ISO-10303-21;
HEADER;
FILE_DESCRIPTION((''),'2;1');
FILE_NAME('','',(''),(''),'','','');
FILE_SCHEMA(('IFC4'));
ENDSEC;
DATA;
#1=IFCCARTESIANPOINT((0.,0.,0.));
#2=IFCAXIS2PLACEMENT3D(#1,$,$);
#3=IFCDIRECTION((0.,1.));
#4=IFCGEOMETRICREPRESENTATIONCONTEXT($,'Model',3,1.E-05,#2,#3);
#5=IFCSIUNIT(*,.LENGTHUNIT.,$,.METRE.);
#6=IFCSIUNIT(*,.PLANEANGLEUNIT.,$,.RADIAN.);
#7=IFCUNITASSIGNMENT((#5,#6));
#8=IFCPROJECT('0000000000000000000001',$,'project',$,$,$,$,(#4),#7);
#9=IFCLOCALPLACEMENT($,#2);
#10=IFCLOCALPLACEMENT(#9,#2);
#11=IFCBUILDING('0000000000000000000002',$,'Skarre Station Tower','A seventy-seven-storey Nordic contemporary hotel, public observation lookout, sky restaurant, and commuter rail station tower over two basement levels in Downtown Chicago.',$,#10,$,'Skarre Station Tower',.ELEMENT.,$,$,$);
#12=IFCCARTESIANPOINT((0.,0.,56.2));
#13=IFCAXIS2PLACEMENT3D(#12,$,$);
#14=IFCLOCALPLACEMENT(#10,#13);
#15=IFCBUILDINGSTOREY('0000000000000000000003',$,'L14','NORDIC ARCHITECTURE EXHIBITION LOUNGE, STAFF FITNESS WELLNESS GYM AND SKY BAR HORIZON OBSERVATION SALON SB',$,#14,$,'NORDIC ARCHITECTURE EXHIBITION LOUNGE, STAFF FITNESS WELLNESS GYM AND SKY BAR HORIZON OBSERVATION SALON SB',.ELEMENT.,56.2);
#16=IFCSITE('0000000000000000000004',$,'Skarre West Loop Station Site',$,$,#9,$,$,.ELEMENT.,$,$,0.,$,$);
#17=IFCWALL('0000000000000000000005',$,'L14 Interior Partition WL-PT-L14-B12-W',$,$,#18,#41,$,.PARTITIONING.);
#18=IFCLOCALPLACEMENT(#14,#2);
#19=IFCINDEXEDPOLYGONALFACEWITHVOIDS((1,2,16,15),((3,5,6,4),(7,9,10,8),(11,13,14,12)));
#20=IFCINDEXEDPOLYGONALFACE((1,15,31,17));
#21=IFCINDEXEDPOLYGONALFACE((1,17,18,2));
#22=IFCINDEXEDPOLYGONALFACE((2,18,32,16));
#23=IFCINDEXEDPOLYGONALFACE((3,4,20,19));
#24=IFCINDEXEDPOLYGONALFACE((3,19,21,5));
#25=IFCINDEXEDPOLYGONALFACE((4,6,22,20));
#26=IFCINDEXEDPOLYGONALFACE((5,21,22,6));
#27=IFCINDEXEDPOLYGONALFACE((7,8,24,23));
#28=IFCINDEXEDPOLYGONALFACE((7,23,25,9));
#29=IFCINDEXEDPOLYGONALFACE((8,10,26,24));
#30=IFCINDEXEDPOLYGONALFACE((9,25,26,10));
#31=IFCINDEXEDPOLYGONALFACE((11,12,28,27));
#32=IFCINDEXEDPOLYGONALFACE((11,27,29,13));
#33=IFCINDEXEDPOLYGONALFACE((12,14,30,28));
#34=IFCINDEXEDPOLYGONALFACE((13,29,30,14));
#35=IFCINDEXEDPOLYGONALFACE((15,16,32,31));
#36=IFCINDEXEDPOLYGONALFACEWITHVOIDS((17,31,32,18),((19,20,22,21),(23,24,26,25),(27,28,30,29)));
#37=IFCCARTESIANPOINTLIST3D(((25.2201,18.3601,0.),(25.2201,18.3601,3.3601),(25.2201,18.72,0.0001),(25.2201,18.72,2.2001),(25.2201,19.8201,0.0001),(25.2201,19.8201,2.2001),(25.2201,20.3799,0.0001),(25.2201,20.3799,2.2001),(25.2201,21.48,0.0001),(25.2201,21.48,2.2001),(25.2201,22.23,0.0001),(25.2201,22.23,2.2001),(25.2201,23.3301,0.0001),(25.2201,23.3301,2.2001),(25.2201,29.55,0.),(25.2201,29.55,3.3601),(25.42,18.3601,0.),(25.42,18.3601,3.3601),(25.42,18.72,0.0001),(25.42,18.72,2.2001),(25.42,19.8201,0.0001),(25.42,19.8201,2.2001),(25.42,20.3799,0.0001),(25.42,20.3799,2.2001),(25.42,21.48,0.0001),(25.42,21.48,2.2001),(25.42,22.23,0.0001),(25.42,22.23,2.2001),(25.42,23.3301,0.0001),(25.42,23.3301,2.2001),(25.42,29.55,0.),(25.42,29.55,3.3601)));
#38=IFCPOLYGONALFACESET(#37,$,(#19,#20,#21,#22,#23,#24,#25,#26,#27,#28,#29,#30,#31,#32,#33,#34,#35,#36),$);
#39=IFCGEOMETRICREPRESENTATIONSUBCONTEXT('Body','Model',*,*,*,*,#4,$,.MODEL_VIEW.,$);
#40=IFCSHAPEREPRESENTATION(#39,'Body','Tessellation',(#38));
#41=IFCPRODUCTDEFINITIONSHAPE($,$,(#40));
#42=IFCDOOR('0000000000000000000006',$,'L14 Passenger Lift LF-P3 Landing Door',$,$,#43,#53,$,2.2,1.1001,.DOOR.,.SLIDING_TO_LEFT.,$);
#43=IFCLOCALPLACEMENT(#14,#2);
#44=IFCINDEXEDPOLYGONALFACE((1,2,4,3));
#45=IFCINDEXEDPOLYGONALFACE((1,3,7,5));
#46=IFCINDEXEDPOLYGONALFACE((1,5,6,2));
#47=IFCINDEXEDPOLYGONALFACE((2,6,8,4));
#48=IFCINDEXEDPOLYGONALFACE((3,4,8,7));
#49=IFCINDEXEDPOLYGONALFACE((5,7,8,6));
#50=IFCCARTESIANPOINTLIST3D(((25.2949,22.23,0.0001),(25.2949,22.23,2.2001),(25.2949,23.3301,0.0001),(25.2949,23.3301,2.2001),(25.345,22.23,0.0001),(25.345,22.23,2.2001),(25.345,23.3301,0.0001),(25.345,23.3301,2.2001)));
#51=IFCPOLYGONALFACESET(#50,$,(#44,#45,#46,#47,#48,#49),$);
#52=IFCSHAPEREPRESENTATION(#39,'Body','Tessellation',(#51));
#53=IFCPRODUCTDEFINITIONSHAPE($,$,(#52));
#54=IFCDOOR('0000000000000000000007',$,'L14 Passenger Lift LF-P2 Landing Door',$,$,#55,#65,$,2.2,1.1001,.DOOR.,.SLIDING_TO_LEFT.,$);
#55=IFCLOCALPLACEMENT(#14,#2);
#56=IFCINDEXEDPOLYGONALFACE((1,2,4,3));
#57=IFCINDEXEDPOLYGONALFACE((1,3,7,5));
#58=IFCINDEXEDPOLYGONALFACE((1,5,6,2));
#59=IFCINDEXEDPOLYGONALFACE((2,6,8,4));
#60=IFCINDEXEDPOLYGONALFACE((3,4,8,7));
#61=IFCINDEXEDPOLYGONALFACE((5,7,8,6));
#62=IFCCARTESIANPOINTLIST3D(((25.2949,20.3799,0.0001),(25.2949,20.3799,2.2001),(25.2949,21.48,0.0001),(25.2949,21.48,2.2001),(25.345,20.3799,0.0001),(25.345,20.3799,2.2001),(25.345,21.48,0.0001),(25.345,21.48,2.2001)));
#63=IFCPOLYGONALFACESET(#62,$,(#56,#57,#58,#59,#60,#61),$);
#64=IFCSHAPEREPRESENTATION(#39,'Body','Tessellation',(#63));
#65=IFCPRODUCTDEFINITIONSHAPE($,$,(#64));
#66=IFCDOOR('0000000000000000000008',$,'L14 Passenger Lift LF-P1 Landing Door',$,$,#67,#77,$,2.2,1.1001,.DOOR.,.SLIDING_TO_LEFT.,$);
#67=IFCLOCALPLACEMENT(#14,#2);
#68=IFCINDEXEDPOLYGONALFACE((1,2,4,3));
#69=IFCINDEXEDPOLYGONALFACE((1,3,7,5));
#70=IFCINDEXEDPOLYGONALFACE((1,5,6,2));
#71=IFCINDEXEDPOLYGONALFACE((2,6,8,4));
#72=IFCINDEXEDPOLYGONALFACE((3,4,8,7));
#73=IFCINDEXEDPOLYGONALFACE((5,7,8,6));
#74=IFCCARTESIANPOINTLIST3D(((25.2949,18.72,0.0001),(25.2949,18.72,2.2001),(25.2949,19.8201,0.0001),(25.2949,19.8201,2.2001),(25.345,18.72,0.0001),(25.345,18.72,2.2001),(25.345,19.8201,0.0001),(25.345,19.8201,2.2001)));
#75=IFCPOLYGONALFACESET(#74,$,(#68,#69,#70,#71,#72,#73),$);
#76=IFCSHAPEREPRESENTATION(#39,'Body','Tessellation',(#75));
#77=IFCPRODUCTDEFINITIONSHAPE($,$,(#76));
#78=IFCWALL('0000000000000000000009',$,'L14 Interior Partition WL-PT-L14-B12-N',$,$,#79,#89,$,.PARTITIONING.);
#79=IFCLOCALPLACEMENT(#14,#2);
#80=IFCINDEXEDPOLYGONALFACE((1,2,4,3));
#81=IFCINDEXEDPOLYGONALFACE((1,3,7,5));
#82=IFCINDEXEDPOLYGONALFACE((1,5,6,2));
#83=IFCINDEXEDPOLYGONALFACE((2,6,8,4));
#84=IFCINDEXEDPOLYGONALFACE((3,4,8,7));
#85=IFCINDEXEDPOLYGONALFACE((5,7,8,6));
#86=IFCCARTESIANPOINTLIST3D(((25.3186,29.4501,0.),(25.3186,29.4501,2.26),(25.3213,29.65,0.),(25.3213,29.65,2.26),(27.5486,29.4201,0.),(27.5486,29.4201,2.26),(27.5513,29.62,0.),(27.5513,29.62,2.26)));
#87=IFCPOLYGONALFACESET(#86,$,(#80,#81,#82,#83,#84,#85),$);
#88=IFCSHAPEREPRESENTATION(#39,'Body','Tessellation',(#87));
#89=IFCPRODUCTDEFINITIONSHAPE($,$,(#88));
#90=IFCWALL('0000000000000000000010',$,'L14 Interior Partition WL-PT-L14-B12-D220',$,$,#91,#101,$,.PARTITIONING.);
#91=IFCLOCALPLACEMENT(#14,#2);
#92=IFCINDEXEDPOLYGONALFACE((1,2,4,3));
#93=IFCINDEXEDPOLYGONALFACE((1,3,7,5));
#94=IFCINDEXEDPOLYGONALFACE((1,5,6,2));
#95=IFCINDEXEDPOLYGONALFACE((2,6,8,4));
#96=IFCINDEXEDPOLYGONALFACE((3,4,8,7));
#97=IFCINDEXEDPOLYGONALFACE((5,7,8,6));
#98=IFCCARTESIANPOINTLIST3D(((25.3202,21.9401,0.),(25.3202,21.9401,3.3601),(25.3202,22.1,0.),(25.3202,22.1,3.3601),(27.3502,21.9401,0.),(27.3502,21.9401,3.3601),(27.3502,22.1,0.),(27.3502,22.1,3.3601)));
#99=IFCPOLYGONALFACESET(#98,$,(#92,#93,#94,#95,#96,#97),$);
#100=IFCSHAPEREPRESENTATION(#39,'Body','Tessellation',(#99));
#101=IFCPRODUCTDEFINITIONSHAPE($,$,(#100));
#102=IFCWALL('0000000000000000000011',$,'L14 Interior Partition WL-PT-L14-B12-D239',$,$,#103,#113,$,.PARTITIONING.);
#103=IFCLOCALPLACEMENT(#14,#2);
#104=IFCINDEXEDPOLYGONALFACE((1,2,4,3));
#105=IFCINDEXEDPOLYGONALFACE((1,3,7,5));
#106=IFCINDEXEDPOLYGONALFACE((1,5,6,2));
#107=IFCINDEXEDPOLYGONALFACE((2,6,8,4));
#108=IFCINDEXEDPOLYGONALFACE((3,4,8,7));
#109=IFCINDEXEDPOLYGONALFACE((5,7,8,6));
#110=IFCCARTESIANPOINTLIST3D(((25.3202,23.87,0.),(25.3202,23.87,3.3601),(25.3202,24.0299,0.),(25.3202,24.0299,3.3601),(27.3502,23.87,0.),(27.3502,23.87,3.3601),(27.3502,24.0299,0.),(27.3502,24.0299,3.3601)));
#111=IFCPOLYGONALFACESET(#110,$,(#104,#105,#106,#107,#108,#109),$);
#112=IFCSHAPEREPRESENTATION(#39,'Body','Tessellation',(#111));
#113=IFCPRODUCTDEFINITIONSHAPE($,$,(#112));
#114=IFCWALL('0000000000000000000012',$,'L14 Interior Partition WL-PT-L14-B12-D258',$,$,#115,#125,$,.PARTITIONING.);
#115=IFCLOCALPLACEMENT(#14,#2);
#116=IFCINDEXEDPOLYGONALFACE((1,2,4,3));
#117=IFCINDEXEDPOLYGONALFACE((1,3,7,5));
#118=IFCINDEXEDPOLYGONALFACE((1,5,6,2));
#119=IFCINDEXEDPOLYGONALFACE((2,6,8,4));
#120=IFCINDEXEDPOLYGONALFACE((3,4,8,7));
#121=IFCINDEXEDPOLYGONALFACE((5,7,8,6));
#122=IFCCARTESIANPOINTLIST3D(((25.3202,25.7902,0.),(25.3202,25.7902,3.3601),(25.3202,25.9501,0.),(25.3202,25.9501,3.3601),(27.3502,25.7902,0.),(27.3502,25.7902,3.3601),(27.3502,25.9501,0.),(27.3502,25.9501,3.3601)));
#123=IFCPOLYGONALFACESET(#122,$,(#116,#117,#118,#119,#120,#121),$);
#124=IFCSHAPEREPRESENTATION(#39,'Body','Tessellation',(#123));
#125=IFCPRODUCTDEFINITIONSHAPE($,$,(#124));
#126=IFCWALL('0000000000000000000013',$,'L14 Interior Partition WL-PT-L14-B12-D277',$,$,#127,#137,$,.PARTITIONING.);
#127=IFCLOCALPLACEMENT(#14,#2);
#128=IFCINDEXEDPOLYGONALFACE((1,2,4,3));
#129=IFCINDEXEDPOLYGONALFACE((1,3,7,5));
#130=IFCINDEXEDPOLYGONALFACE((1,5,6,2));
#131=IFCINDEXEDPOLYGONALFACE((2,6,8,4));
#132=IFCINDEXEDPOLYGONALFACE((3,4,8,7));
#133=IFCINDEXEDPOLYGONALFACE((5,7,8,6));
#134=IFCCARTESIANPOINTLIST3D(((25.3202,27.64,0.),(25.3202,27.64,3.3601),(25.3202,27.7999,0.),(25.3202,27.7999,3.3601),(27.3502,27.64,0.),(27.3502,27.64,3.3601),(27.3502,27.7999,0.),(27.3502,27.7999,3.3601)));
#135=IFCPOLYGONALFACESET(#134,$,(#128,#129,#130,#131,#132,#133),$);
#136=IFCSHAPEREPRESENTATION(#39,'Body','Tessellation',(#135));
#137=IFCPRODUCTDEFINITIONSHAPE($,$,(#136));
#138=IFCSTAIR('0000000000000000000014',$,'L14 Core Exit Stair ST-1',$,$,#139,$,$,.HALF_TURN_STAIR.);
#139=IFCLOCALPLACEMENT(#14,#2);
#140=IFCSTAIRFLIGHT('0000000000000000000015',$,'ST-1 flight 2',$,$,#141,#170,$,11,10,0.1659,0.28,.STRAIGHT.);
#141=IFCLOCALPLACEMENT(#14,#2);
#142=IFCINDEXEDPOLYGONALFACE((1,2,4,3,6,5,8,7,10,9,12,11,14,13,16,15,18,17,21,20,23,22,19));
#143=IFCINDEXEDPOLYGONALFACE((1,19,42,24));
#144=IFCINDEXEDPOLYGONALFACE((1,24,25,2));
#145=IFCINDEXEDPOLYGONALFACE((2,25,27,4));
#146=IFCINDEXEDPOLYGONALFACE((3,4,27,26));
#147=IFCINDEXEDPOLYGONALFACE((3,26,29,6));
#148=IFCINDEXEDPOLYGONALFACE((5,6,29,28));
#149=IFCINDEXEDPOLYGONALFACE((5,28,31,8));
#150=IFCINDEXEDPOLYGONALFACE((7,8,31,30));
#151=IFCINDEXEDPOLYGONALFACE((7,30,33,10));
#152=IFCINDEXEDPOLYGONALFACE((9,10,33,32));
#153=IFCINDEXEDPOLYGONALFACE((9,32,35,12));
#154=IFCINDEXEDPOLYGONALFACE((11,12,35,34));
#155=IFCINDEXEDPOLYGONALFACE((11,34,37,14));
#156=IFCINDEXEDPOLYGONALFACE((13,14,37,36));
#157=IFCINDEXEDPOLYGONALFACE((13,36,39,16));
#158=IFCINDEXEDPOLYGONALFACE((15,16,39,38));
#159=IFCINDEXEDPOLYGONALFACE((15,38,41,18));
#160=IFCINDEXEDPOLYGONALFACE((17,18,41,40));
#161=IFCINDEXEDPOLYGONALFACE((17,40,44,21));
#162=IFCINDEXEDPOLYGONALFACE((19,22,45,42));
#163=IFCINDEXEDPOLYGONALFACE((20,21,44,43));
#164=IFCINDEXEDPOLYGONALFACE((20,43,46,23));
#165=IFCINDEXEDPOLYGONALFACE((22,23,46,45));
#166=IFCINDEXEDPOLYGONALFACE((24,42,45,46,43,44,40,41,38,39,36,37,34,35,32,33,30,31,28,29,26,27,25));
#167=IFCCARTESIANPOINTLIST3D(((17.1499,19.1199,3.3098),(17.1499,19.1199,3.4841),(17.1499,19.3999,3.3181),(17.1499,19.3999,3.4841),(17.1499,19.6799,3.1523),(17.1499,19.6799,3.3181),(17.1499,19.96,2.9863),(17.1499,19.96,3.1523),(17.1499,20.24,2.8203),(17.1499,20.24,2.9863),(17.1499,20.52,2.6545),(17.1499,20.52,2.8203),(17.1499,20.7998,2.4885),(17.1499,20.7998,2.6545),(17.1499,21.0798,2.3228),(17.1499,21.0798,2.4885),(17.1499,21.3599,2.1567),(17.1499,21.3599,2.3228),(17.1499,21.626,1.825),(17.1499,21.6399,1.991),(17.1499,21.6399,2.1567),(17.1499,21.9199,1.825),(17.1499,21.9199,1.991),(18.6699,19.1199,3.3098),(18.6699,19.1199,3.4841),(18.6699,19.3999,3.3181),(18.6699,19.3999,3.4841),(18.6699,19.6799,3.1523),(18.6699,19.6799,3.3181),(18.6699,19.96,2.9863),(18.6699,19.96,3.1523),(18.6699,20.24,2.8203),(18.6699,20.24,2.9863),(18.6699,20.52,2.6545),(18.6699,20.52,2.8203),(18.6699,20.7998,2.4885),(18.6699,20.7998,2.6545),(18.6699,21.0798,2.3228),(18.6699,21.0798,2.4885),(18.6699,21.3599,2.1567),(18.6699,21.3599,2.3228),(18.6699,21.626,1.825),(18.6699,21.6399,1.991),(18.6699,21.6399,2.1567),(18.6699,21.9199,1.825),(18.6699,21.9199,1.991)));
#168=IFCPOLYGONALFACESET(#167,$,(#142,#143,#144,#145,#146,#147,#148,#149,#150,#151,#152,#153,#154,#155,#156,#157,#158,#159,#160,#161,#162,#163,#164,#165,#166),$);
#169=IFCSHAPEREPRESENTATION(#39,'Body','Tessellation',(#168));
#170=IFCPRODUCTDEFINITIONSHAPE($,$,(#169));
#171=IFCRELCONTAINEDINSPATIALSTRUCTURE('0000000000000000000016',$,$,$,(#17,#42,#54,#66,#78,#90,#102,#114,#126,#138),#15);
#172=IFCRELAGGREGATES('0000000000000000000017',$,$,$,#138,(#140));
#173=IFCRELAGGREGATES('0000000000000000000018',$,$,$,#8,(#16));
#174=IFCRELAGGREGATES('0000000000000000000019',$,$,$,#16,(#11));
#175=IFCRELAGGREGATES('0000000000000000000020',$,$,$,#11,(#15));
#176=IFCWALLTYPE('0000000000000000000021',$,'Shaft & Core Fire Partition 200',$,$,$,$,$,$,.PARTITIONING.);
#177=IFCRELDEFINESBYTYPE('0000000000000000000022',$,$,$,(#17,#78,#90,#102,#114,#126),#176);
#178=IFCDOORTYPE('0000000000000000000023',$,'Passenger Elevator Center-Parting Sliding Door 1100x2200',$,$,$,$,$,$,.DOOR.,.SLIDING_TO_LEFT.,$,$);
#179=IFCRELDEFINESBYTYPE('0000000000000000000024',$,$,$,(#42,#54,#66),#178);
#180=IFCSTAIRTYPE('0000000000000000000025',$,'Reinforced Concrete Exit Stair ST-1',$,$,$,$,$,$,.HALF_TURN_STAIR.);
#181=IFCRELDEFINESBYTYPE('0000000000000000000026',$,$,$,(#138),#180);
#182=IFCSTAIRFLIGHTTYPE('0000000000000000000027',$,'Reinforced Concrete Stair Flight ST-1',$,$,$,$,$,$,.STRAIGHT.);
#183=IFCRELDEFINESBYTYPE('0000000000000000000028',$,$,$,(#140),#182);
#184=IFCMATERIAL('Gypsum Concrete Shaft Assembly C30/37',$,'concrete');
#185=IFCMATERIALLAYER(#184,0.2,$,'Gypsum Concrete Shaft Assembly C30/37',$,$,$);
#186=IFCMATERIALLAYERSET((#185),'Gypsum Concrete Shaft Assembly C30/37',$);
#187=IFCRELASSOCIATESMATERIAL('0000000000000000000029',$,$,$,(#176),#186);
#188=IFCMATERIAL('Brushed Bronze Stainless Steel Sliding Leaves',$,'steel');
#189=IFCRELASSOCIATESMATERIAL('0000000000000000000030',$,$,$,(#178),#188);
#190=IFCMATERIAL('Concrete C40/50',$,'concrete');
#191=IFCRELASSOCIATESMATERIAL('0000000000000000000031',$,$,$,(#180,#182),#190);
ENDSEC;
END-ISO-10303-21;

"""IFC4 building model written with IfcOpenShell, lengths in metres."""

from ifc_helpers import new_model, si_unit, direction, frame, frame_2d, origin, place, context, subcontext, project, spatial, polyline, rectangle, outline, extrude, material, layer, layer_set, type_object, element, fill, aggregate, save


model = new_model("IFC4")

# Units and contexts
model_context = context("Model", 3, precision=1e-05, world=origin(), true_north=direction((0.0, 1.0)))
body_context = subcontext(model_context, "Body", "Model", "MODEL_VIEW")
ifc_project = project(units=[si_unit("LENGTHUNIT", "METRE"), si_unit("PLANEANGLEUNIT", "RADIAN")], contexts=[model_context])

# Site, building, storey
site_placement = place(None, origin())
site = spatial("IfcSite", under=ifc_project, at=site_placement, Name="Skarre West Loop Station Site", CompositionType="ELEMENT", RefElevation=0.0)
building_placement = place(site_placement, origin())
building = spatial("IfcBuilding", under=site, at=building_placement, Name="Skarre Station Tower", Description="A seventy-seven-storey Nordic contemporary hotel, public observation lookout, sky restaurant, and commuter rail station tower over two basement levels in Downtown Chicago.", LongName="Skarre Station Tower", CompositionType="ELEMENT")
storey_placement = place(building_placement, frame((0.0, 0.0, 56.2)))
storey = spatial("IfcBuildingStorey", under=building, at=storey_placement, Name="L14", Description="NORDIC ARCHITECTURE EXHIBITION LOUNGE, STAFF FITNESS WELLNESS GYM AND SKY BAR HORIZON OBSERVATION SALON SB", LongName="NORDIC ARCHITECTURE EXHIBITION LOUNGE, STAFF FITNESS WELLNESS GYM AND SKY BAR HORIZON OBSERVATION SALON SB", CompositionType="ELEMENT", Elevation=56.2)

# Shared definitions
ifc_material_1 = material(Name="Gypsum Concrete Shaft Assembly C30/37", Category="concrete")
ifc_layer_1 = layer(ifc_material_1, 0.2, Name="Gypsum Concrete Shaft Assembly C30/37")
ifc_layer_set_1 = layer_set([ifc_layer_1], Name="Gypsum Concrete Shaft Assembly C30/37")
wall_type_1 = type_object("IfcWallType", Name="Shaft & Core Fire Partition 200", PredefinedType="PARTITIONING", material=ifc_layer_set_1)

# Wall, openings, doors
wall_1_placement = place(storey_placement, frame((25.3201, 29.55, 0.0), z_axis=(0.0, 0.0, 1.0), x_axis=(0.0, -1.0, 0.0)))
wall_1 = element("IfcWall", 1, at=wall_1_placement, inside=storey, type_object=wall_type_1, Name="L14 Interior Partition WL-PT-L14-B12-W", PredefinedType="PARTITIONING", context=body_context, shape_type="SweptSolid", body=[
    extrude(rectangle(XDim=11.1899, YDim=0.2, at=frame_2d((5.595, 0.0))), origin(), (0.0, 0.0, 1.0), 3.3601),
])
opening_1_placement = place(wall_1_placement, frame((6.22, 0.0, 0.0)))
opening_1 = element("IfcOpeningElement", 2, at=opening_1_placement, cuts=wall_1, PredefinedType="OPENING", context=body_context, shape_type="SweptSolid", body=[
    extrude(rectangle(XDim=1.1001, YDim=2.2, at=frame_2d((0.55, 1.1001))), frame((0.0, 0.1099, 0.0), z_axis=(0.0, -1.0, 0.0), x_axis=(1.0, 0.0, 0.0)), (0.0, 0.0, 1.0), 0.22),
])
opening_2_placement = place(wall_1_placement, frame((8.0701, 0.0, 0.0)))
opening_2 = element("IfcOpeningElement", 3, at=opening_2_placement, cuts=wall_1, PredefinedType="OPENING", context=body_context, shape_type="SweptSolid", body=[
    extrude(rectangle(XDim=1.1001, YDim=2.2, at=frame_2d((0.55, 1.1001))), frame((0.0, 0.1099, 0.0), z_axis=(0.0, -1.0, 0.0), x_axis=(1.0, 0.0, 0.0)), (0.0, 0.0, 1.0), 0.22),
])
opening_3_placement = place(wall_1_placement, frame((9.73, 0.0, 0.0)))
opening_3 = element("IfcOpeningElement", 4, at=opening_3_placement, cuts=wall_1, PredefinedType="OPENING", context=body_context, shape_type="SweptSolid", body=[
    extrude(rectangle(XDim=1.1001, YDim=2.2, at=frame_2d((0.55, 1.1001))), frame((0.0, 0.1099, 0.0), z_axis=(0.0, -1.0, 0.0), x_axis=(1.0, 0.0, 0.0)), (0.0, 0.0, 1.0), 0.22),
])
ifc_material_2 = material(Name="Brushed Bronze Stainless Steel Sliding Leaves", Category="steel")
door_type_1 = type_object("IfcDoorType", Name="Passenger Elevator Center-Parting Sliding Door 1100x2200", OperationType="SLIDING_TO_LEFT", PredefinedType="DOOR", material=ifc_material_2)
door_1_placement = place(opening_1_placement, origin())
door_1 = element("IfcDoor", 5, at=door_1_placement, inside=storey, type_object=door_type_1, Name="L14 Passenger Lift LF-P3 Landing Door", OperationType="SLIDING_TO_LEFT", OverallHeight=2.2, OverallWidth=1.1001, PredefinedType="DOOR", context=body_context, shape_type="SweptSolid", body=[
    extrude(rectangle(XDim=1.1001, YDim=2.2, at=frame_2d((0.55, 1.1001))), frame((0.0, 0.0249, 0.0), z_axis=(0.0, -1.0, 0.0), x_axis=(1.0, 0.0, 0.0)), (0.0, 0.0, 1.0), 0.05),
])
fill(opening_1, door_1)
door_2_placement = place(opening_2_placement, origin())
door_2 = element("IfcDoor", 6, at=door_2_placement, inside=storey, type_object=door_type_1, Name="L14 Passenger Lift LF-P2 Landing Door", OperationType="SLIDING_TO_LEFT", OverallHeight=2.2, OverallWidth=1.1001, PredefinedType="DOOR", context=body_context, shape_type="SweptSolid", body=[
    extrude(rectangle(XDim=1.1001, YDim=2.2, at=frame_2d((0.55, 1.1001))), frame((0.0, 0.0249, 0.0), z_axis=(0.0, -1.0, 0.0), x_axis=(1.0, 0.0, 0.0)), (0.0, 0.0, 1.0), 0.05),
])
fill(opening_2, door_2)
door_3_placement = place(opening_3_placement, origin())
door_3 = element("IfcDoor", 7, at=door_3_placement, inside=storey, type_object=door_type_1, Name="L14 Passenger Lift LF-P1 Landing Door", OperationType="SLIDING_TO_LEFT", OverallHeight=2.2, OverallWidth=1.1001, PredefinedType="DOOR", context=body_context, shape_type="SweptSolid", body=[
    extrude(rectangle(XDim=1.1001, YDim=2.2, at=frame_2d((0.55, 1.1001))), frame((0.0, 0.0249, 0.0), z_axis=(0.0, -1.0, 0.0), x_axis=(1.0, 0.0, 0.0)), (0.0, 0.0, 1.0), 0.05),
])
fill(opening_3, door_3)

# Walls
wall_2_placement = place(storey_placement, frame((27.55, 29.52, 0.0), z_axis=(0.0, 0.0, 1.0), x_axis=(-0.999909, 0.013465, 0.0)))
element("IfcWall", 8, at=wall_2_placement, inside=storey, type_object=wall_type_1, Name="L14 Interior Partition WL-PT-L14-B12-N", PredefinedType="PARTITIONING", context=body_context, shape_type="SweptSolid", body=[
    extrude(rectangle(XDim=2.2302, YDim=0.2, at=frame_2d((1.1152, 0.0))), origin(), (0.0, 0.0, 1.0), 2.26),
])
for number, where, z_axis, x_axis, name in (
    (9, (25.3201, 22.02, 0.0), (0.0, 0.0, 1.0), (1.0, 0.0, 0.0), "L14 Interior Partition WL-PT-L14-B12-D220"),
    (10, (25.3201, 23.95, 0.0), (0.0, 0.0, 1.0), (1.0, 0.0, 0.0), "L14 Interior Partition WL-PT-L14-B12-D239"),
    (11, (25.3201, 25.8701, 0.0), (0.0, 0.0, 1.0), (1.0, 0.0, 0.0), "L14 Interior Partition WL-PT-L14-B12-D258"),
    (12, (25.3201, 27.72, 0.0), (0.0, 0.0, 1.0), (1.0, 0.0, 0.0), "L14 Interior Partition WL-PT-L14-B12-D277"),
):
    element("IfcWall", number, at=place(storey_placement, frame(where, z_axis=z_axis, x_axis=x_axis)), inside=storey, type_object=wall_type_1, Name=name, PredefinedType="PARTITIONING", context=body_context, shape_type="SweptSolid", body=[
        extrude(rectangle(XDim=2.03, YDim=0.1599, at=frame_2d((1.0151, 0.0))), origin(), (0.0, 0.0, 1.0), 3.3601),
    ])

# Stair, stair flight
ifc_material_3 = material(Name="Concrete C40/50", Category="concrete")
stair_type = type_object("IfcStairType", Name="Reinforced Concrete Exit Stair ST-1", PredefinedType="HALF_TURN_STAIR", material=ifc_material_3)
stair_placement = place(storey_placement, origin())
stair = element("IfcStair", 13, at=stair_placement, inside=storey, type_object=stair_type, Name="L14 Core Exit Stair ST-1", PredefinedType="HALF_TURN_STAIR")
stair_flight_type = type_object("IfcStairFlightType", Name="Reinforced Concrete Stair Flight ST-1", PredefinedType="STRAIGHT", material=ifc_material_3)
stair_flight_placement = place(storey_placement, frame((17.9099, 21.9199, 1.825), z_axis=(0.0, 0.0, 1.0), x_axis=(0.0, -1.0, 0.0)))
stair_flight = element("IfcStairFlight", 14, at=stair_flight_placement, type_object=stair_flight_type, Name="ST-1 flight 2", NumberOfRisers=11, NumberOfTreads=10, PredefinedType="STRAIGHT", RiserHeight=0.1659, TreadLength=0.28, context=body_context, shape_type="SweptSolid", body=[
    extrude(outline(polyline([(0.0, 0.0), (0.0, 0.166), (0.28, 0.166), (0.28, 0.3318), (0.5601, 0.3318), (0.5601, 0.4978), (0.8401, 0.4978), (0.8401, 0.6636), (1.1201, 0.6636), (1.1201, 0.8296), (1.3999, 0.8296), (1.3999, 0.9954), (1.6799, 0.9954), (1.6799, 1.1614), (1.96, 1.1614), (1.96, 1.3274), (2.24, 1.3274), (2.24, 1.4932), (2.52, 1.4932), (2.52, 1.6592), (2.8, 1.6592), (2.8, 1.825), (2.8, 1.4849), (0.2939, 0.0), (0.0, 0.0)])), frame((0.0, 0.76, 0.0), z_axis=(0.0, -1.0, 0.0), x_axis=(1.0, 0.0, 0.0)), (0.0, 0.0, 1.0), 1.52),
])
aggregate(stair, [stair_flight])

save(model, "model.ifc")
